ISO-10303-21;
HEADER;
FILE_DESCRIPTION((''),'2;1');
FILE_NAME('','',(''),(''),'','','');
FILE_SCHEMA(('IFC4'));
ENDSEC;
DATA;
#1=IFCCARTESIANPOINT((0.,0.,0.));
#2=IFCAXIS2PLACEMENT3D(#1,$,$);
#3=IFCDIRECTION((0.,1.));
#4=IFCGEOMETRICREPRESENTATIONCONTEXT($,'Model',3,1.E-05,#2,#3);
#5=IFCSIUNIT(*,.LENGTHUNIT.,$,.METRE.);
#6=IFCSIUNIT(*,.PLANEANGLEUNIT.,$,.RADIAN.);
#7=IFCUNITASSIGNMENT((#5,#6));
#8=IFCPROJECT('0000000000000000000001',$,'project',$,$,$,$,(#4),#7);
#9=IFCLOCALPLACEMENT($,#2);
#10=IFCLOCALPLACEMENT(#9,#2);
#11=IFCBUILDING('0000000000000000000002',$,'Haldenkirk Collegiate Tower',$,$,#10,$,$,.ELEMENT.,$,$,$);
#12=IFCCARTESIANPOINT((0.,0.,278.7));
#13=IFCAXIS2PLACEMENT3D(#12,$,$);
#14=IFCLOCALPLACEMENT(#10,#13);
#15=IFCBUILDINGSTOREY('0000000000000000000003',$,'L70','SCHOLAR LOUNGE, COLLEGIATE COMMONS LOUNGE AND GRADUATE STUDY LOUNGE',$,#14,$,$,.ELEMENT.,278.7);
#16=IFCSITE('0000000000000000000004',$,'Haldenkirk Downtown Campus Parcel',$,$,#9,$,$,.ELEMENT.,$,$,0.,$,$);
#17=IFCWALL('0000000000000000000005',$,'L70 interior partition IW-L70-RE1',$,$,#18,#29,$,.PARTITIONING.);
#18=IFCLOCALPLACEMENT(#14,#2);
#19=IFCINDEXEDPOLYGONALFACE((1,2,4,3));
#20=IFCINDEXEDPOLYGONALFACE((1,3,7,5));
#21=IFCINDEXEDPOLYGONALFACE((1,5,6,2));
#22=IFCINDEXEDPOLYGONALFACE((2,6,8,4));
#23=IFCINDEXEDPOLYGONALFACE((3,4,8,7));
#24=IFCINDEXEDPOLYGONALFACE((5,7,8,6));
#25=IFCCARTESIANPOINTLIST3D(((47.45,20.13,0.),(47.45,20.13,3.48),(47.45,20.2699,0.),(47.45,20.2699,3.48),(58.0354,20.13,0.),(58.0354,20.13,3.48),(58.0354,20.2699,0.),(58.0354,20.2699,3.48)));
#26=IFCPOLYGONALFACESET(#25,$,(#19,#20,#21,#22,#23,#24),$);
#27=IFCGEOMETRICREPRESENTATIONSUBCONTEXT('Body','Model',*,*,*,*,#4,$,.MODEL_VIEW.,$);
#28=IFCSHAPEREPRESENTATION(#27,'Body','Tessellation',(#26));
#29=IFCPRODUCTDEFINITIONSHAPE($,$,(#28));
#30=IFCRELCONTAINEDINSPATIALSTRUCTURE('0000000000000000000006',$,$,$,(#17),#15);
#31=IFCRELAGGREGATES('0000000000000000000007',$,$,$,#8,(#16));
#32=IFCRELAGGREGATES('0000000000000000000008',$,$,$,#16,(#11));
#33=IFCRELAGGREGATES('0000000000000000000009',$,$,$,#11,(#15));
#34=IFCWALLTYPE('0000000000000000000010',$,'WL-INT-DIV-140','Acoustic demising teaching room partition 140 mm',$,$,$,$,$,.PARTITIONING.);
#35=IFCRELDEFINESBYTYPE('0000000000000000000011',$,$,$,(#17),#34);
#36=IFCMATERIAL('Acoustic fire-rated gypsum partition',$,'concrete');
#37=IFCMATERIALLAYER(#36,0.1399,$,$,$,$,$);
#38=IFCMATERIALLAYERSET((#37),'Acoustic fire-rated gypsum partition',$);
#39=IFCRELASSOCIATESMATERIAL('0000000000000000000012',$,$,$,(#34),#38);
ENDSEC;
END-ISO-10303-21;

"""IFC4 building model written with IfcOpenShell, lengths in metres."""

from ifc_helpers import new_model, si_unit, direction, frame, frame_2d, origin, place, context, subcontext, project, spatial, rectangle, extrude, material, layer, layer_set, type_object, element, save


model = new_model("IFC4")

# Units and contexts
model_context = context("Model", 3, precision=1e-05, world=origin(), true_north=direction((0.0, 1.0)))
body_context = subcontext(model_context, "Body", "Model", "MODEL_VIEW")
ifc_project = project(units=[si_unit("LENGTHUNIT", "METRE"), si_unit("PLANEANGLEUNIT", "RADIAN")], contexts=[model_context])

# Site, building, storey
site_placement = place(None, origin())
site = spatial("IfcSite", under=ifc_project, at=site_placement, Name="Haldenkirk Downtown Campus Parcel", CompositionType="ELEMENT", RefElevation=0.0)
building_placement = place(site_placement, origin())
building = spatial("IfcBuilding", under=site, at=building_placement, Name="Haldenkirk Collegiate Tower", CompositionType="ELEMENT")
storey_placement = place(building_placement, frame((0.0, 0.0, 278.7)))
storey = spatial("IfcBuildingStorey", under=building, at=storey_placement, Name="L70", Description="SCHOLAR LOUNGE, COLLEGIATE COMMONS LOUNGE AND GRADUATE STUDY LOUNGE", CompositionType="ELEMENT", Elevation=278.7)

# Shared definitions
ifc_material_1 = material(Name="Acoustic fire-rated gypsum partition", Category="concrete")

# Shared definitions
ifc_layer_1 = layer(ifc_material_1, 0.1399)
ifc_layer_set_1 = layer_set([ifc_layer_1], Name="Acoustic fire-rated gypsum partition")
wall_type_1 = type_object("IfcWallType", Name="WL-INT-DIV-140", Description="Acoustic demising teaching room partition 140 mm", PredefinedType="PARTITIONING", material=ifc_layer_set_1)

# Wall
wall_1_placement = place(storey_placement, frame((47.45, 20.2, 0.0), z_axis=(0.0, 0.0, 1.0), x_axis=(1.0, 0.0, 0.0)))
element("IfcWall", 1, at=wall_1_placement, inside=storey, type_object=wall_type_1, Name="L70 interior partition IW-L70-RE1", PredefinedType="PARTITIONING", context=body_context, shape_type="SweptSolid", body=[
    extrude(rectangle(XDim=10.5854, YDim=0.1399, at=frame_2d((5.2927, 0.0))), origin(), (0.0, 0.0, 1.0), 3.48),
])

save(model, "model.ifc")
